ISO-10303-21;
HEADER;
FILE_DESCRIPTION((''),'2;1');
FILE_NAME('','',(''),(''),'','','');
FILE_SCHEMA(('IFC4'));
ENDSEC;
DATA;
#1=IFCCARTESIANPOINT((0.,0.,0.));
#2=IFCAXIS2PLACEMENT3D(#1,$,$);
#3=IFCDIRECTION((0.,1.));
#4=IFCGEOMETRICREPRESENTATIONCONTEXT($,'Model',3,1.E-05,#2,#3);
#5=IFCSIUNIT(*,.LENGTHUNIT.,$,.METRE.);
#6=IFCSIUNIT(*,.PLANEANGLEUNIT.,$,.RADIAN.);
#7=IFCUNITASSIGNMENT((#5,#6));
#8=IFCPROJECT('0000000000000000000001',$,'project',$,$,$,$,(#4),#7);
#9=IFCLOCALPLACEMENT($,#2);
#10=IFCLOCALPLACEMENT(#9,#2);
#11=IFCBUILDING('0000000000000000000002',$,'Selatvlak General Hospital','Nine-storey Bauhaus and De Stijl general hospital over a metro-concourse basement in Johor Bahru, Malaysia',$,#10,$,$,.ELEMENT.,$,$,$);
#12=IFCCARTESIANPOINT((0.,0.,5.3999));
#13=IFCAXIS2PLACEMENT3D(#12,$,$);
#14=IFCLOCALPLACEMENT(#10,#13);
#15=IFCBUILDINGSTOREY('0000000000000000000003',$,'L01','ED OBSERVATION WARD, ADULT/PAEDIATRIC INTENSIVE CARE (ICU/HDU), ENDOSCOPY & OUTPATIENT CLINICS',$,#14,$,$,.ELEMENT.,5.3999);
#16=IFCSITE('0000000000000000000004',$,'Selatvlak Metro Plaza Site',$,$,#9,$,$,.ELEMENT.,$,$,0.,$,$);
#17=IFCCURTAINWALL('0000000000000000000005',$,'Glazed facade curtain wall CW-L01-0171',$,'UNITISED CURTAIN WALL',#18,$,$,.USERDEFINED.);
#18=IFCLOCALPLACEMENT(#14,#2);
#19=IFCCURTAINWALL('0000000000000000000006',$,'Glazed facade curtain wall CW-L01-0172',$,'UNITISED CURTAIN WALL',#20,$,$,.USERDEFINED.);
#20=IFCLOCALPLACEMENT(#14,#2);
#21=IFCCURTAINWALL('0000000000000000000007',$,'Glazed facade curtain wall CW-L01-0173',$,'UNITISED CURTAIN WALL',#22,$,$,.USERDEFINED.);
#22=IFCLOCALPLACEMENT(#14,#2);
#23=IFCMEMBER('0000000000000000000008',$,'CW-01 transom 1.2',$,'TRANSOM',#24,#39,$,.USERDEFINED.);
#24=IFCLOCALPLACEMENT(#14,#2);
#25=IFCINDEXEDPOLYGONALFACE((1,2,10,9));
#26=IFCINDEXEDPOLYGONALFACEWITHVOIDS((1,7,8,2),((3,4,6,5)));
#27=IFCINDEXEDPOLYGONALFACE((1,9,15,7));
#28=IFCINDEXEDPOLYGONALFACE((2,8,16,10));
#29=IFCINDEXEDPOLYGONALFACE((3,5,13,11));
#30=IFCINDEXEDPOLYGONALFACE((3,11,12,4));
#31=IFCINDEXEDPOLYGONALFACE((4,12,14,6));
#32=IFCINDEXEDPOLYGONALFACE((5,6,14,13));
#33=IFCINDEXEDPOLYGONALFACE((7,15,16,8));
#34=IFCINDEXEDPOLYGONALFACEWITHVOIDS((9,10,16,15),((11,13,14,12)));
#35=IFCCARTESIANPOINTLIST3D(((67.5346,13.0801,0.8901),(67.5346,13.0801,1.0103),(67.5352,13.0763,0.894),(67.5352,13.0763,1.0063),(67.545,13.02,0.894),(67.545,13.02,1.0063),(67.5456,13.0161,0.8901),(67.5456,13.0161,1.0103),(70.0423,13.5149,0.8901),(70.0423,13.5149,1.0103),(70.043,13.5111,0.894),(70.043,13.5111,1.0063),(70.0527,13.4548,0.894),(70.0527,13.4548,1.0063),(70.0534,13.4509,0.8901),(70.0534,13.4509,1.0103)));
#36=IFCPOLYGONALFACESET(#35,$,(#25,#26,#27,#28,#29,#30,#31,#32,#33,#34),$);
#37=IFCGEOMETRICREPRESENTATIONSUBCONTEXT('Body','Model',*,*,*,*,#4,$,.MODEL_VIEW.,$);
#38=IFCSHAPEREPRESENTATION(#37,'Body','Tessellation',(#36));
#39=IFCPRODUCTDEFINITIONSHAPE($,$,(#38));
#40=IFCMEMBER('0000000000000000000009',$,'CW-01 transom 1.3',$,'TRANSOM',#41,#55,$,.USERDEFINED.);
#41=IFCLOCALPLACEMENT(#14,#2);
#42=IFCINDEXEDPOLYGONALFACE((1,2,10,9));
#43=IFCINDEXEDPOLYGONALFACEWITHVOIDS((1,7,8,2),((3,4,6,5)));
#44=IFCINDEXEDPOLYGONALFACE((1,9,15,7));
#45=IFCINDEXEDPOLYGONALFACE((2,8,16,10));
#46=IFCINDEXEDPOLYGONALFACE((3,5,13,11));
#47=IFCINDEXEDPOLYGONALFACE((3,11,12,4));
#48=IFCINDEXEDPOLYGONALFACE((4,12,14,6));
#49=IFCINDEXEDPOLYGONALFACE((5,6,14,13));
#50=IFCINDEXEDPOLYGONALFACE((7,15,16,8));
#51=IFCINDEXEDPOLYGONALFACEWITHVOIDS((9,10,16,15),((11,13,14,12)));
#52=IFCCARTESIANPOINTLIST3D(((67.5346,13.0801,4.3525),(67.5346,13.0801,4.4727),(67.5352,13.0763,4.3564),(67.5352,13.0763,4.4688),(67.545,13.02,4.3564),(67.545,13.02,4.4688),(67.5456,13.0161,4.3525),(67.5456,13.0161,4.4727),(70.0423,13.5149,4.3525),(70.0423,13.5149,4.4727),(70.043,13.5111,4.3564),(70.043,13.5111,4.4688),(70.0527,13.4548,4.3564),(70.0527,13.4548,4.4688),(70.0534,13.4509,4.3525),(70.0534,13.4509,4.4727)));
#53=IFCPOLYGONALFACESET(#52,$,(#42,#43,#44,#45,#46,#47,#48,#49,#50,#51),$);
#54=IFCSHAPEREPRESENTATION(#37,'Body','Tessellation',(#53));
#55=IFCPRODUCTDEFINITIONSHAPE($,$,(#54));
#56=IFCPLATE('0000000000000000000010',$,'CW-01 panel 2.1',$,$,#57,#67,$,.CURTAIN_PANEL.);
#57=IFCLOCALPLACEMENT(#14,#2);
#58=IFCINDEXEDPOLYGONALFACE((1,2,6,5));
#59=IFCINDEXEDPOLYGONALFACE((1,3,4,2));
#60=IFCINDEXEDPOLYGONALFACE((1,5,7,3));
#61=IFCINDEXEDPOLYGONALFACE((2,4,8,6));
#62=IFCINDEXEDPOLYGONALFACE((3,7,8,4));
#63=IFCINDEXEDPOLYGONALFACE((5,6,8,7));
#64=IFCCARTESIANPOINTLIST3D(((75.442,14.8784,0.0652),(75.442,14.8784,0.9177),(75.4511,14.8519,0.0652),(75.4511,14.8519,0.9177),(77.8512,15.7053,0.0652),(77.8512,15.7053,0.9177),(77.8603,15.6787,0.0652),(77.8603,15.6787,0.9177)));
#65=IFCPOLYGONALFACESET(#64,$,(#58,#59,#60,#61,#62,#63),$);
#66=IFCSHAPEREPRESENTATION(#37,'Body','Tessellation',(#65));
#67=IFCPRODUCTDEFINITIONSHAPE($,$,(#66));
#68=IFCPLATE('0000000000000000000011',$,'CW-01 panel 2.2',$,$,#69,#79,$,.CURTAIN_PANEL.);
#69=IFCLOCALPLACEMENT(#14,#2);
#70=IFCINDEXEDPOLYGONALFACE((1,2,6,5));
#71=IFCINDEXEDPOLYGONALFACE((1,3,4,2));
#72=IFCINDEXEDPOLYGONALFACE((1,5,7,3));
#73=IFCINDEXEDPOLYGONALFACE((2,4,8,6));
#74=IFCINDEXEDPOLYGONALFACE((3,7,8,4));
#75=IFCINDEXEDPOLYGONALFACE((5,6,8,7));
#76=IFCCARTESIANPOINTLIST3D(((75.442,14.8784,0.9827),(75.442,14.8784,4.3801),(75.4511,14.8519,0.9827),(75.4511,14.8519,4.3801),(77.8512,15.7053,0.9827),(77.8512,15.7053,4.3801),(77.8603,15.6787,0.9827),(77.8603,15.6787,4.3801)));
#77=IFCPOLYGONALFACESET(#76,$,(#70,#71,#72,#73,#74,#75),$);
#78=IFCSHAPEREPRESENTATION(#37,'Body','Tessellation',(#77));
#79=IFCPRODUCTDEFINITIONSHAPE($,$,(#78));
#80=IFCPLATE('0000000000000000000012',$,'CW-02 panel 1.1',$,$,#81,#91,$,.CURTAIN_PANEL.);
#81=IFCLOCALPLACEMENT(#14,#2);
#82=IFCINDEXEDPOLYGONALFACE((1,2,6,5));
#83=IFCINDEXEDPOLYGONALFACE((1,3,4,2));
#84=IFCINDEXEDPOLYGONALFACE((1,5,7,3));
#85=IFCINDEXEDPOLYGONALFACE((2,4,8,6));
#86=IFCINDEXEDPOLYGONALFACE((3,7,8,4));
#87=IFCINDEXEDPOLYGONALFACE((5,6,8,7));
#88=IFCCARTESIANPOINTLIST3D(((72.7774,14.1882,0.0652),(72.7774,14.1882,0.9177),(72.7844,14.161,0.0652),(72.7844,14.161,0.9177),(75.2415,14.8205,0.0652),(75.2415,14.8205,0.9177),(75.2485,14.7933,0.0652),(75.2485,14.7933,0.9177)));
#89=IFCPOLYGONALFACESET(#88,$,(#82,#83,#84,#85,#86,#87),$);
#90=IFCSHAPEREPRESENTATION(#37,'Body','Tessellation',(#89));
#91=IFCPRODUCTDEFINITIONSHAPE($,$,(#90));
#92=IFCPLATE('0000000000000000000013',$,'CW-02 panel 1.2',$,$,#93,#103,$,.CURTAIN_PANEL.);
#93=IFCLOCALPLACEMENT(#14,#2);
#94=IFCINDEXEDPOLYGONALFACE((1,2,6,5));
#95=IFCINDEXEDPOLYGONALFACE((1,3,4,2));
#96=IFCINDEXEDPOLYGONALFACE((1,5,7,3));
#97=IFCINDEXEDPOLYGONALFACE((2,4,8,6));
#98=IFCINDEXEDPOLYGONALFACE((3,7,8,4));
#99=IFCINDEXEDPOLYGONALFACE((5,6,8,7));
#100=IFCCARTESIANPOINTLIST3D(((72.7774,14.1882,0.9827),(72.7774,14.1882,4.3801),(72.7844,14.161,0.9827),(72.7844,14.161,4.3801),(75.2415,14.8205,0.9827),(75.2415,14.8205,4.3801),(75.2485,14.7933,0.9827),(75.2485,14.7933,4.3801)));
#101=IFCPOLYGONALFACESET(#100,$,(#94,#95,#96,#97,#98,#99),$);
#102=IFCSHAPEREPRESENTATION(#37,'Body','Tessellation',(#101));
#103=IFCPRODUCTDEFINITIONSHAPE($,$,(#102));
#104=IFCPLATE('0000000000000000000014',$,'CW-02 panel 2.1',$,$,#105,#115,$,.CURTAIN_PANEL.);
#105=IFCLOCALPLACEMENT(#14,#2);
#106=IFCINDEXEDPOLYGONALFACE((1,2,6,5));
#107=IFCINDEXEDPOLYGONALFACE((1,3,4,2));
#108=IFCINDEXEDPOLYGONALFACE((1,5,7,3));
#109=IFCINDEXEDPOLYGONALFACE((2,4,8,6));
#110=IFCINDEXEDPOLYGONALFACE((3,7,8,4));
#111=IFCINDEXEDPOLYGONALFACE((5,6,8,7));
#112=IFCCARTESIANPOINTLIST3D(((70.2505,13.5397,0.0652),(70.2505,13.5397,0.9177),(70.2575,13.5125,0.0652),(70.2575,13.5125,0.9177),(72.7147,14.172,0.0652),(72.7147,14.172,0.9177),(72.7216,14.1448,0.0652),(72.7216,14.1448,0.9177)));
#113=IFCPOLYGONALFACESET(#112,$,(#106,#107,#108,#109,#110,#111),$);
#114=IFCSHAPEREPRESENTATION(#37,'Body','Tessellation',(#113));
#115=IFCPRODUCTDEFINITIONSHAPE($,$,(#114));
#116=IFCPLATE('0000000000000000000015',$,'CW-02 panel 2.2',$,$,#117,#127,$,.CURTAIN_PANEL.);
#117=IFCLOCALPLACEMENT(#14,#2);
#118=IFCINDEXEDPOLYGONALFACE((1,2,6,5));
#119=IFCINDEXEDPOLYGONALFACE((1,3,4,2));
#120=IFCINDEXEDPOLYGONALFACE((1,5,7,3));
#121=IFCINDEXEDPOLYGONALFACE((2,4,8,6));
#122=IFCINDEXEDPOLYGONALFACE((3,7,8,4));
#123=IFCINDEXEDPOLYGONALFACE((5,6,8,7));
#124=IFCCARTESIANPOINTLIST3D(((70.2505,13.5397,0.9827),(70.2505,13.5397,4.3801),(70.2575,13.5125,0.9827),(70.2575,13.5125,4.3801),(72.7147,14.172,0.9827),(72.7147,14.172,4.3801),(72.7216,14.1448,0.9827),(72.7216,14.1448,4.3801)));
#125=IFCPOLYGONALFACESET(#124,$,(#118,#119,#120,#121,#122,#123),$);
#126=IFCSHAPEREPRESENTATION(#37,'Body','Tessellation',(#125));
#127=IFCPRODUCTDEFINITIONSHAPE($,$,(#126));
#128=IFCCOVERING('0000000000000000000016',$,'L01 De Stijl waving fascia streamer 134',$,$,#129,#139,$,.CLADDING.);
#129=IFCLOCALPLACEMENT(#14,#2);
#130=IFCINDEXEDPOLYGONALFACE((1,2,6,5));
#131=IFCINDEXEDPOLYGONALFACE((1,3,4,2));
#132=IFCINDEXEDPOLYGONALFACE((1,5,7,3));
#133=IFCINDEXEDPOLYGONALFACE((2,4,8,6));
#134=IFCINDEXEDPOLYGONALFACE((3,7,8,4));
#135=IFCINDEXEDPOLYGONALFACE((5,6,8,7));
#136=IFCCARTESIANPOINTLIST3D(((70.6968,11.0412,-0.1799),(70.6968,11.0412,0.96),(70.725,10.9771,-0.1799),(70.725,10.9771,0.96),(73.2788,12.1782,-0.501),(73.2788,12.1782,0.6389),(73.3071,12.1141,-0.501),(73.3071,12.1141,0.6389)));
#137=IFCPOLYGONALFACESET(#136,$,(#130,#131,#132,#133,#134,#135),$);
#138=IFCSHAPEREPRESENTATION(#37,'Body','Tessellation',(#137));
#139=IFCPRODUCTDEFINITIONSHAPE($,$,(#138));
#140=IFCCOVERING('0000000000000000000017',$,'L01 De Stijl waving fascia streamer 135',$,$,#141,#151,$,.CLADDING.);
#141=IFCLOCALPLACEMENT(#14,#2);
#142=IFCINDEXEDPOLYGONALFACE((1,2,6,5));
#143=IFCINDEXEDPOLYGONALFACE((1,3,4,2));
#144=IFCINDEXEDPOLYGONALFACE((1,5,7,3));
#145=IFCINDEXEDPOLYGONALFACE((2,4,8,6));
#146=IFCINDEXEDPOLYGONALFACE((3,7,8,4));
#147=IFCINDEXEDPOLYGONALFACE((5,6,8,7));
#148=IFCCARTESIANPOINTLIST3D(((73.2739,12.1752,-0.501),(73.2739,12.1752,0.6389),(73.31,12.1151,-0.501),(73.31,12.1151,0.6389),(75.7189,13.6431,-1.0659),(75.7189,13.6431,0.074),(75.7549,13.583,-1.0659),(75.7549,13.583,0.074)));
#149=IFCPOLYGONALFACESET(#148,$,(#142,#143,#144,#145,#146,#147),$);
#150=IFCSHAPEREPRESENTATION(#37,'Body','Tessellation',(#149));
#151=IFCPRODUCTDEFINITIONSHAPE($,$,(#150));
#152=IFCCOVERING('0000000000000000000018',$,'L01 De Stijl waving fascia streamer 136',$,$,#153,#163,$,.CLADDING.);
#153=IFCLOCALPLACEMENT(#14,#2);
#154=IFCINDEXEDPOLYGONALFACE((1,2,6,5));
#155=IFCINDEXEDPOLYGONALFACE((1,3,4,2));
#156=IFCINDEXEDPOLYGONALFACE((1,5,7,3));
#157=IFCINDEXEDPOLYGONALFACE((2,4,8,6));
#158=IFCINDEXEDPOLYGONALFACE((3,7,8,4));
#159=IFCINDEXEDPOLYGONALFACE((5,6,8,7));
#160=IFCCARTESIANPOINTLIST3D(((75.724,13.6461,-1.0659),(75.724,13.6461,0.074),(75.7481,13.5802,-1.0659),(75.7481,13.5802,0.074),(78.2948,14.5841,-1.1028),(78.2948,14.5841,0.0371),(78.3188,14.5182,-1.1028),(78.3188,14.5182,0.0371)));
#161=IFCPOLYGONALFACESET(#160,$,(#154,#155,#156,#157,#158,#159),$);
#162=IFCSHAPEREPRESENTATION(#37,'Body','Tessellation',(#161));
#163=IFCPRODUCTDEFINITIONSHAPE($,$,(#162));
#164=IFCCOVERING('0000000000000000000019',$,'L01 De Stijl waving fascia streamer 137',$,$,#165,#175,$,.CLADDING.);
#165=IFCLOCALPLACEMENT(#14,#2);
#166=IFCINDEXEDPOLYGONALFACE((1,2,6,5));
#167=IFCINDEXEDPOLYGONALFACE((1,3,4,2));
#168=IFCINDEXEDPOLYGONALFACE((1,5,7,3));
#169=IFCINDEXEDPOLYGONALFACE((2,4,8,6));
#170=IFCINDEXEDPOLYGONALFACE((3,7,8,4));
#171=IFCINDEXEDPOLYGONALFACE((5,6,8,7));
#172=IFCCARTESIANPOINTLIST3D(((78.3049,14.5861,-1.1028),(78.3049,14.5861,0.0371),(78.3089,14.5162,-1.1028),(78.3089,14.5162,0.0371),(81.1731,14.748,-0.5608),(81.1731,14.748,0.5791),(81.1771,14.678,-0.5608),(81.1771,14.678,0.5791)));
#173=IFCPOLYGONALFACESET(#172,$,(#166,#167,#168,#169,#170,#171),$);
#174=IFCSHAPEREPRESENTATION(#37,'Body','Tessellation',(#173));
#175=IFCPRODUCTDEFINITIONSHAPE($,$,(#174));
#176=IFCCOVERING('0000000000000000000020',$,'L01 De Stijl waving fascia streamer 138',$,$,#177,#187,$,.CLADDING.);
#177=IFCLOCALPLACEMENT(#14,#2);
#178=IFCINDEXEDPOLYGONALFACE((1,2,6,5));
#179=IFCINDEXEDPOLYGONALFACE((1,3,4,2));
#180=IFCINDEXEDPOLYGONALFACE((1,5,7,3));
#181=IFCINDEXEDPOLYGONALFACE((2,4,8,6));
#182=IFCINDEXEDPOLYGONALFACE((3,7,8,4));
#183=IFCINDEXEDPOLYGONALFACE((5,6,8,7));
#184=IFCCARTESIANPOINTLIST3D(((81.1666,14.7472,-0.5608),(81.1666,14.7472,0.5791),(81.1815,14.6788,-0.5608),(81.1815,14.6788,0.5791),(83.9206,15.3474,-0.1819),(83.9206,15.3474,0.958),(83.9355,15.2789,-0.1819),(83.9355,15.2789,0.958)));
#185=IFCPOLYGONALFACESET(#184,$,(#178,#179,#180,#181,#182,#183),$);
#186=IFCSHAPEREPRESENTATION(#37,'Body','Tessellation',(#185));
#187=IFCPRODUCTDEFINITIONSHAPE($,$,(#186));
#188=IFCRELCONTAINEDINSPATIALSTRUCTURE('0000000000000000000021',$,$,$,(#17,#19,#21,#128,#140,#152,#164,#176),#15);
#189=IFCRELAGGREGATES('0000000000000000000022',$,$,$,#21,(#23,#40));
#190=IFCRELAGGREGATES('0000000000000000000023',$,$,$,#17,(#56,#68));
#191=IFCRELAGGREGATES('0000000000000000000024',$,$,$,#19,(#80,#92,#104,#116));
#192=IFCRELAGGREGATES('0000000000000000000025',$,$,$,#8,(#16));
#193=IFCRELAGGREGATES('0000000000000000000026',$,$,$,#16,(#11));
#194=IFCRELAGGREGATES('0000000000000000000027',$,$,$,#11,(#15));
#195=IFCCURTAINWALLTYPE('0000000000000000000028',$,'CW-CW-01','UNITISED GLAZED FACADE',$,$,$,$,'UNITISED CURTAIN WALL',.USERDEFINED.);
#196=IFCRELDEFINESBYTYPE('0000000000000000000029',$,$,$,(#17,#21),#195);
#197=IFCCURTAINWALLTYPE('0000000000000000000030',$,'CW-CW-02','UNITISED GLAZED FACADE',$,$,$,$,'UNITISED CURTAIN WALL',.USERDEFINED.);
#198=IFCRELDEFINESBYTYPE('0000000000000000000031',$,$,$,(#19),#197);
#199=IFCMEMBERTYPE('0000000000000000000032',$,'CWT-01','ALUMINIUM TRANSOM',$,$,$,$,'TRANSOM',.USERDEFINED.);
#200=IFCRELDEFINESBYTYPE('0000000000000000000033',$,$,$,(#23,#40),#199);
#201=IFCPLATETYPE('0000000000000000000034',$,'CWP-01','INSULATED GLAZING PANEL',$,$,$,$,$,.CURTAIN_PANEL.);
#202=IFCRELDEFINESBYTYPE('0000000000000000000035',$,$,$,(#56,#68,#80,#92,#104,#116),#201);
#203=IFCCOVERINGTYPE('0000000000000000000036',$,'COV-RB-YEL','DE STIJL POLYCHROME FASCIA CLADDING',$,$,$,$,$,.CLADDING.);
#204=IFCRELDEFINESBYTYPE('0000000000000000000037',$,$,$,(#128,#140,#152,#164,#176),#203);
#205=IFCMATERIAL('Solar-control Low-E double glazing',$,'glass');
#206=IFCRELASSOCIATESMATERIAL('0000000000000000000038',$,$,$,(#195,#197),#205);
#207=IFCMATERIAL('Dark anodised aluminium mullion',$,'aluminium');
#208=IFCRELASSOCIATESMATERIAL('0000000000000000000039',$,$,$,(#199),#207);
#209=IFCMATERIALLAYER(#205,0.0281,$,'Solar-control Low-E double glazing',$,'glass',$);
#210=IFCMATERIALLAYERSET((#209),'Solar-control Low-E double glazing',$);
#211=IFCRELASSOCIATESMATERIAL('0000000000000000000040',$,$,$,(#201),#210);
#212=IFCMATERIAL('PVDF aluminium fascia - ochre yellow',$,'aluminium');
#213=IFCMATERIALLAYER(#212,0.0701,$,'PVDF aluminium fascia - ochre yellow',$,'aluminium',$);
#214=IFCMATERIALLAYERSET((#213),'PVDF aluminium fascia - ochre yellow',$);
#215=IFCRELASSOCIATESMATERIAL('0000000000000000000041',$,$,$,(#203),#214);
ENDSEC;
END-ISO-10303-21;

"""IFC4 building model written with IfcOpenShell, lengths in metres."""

from ifc_helpers import new_model, si_unit, direction, frame, origin, origin_2d, place, context, subcontext, project, spatial, polyline, rectangle, hollow_rectangle, outline, extrude, material, layer, layer_set, material_profile, profile_set, type_object, element, aggregate, save


model = new_model("IFC4")

# Units and contexts
model_context = context("Model", 3, precision=1e-05, world=origin(), true_north=direction((0.0, 1.0)))
body_context = subcontext(model_context, "Body", "Model", "MODEL_VIEW")
ifc_project = project(units=[si_unit("LENGTHUNIT", "METRE"), si_unit("PLANEANGLEUNIT", "RADIAN")], contexts=[model_context])

# Site, building, storey
site_placement = place(None, origin())
site = spatial("IfcSite", under=ifc_project, at=site_placement, Name="Selatvlak Metro Plaza Site", CompositionType="ELEMENT", RefElevation=0.0)
building_placement = place(site_placement, origin())
building = spatial("IfcBuilding", under=site, at=building_placement, Name="Selatvlak General Hospital", Description="Nine-storey Bauhaus and De Stijl general hospital over a metro-concourse basement in Johor Bahru, Malaysia", CompositionType="ELEMENT")
storey_placement = place(building_placement, frame((0.0, 0.0, 5.3999)))
storey = spatial("IfcBuildingStorey", under=building, at=storey_placement, Name="L01", Description="ED OBSERVATION WARD, ADULT/PAEDIATRIC INTENSIVE CARE (ICU/HDU), ENDOSCOPY & OUTPATIENT CLINICS", CompositionType="ELEMENT", Elevation=5.3999)

# Curtain wall
ifc_material_1 = material(Name="Solar-control Low-E double glazing", Category="glass")
curtain_wall_type_1 = type_object("IfcCurtainWallType", Name="CW-CW-01", Description="UNITISED GLAZED FACADE", ElementType="UNITISED CURTAIN WALL", PredefinedType="USERDEFINED", material=ifc_material_1)
curtain_wall_1_placement = place(storey_placement, origin())
curtain_wall_1 = element("IfcCurtainWall", 1, at=curtain_wall_1_placement, inside=storey, type_object=curtain_wall_type_1, Name="Glazed facade curtain wall CW-L01-0171", ObjectType="UNITISED CURTAIN WALL", PredefinedType="USERDEFINED")
ifc_material_2 = material(Name="Dark anodised aluminium mullion", Category="aluminium")

# Curtain wall
curtain_wall_type_2 = type_object("IfcCurtainWallType", Name="CW-CW-02", Description="UNITISED GLAZED FACADE", ElementType="UNITISED CURTAIN WALL", PredefinedType="USERDEFINED", material=ifc_material_1)
curtain_wall_2_placement = place(storey_placement, origin())
curtain_wall_2 = element("IfcCurtainWall", 2, at=curtain_wall_2_placement, inside=storey, type_object=curtain_wall_type_2, Name="Glazed facade curtain wall CW-L01-0172", ObjectType="UNITISED CURTAIN WALL", PredefinedType="USERDEFINED")

# Curtain wall
curtain_wall_3_placement = place(storey_placement, origin())
curtain_wall_3 = element("IfcCurtainWall", 3, at=curtain_wall_3_placement, inside=storey, type_object=curtain_wall_type_1, Name="Glazed facade curtain wall CW-L01-0173", ObjectType="UNITISED CURTAIN WALL", PredefinedType="USERDEFINED")

# Members
ifc_material_profile_1 = material_profile(ifc_material_2, hollow_rectangle(XDim=0.0649, YDim=0.1201, WallThickness=0.0039, at=origin_2d()), Name="AL-TRN 65x120x4")
ifc_profile_set_1 = profile_set([ifc_material_profile_1], Name="Dark anodised aluminium mullion")
member_type_1 = type_object("IfcMemberType", Name="CWT-01", Description="ALUMINIUM TRANSOM", ElementType="TRANSOM", PredefinedType="USERDEFINED", material=ifc_profile_set_1)
member_1_placement = place(storey_placement, frame((70.0479, 13.4829, 0.9502), z_axis=(-0.9853, -0.170835, 0.0), x_axis=(0.170835, -0.9853, 0.0)))
member_1 = element("IfcMember", 4, at=member_1_placement, type_object=member_type_1, Name="CW-01 transom 1.2", ObjectType="TRANSOM", PredefinedType="USERDEFINED", context=body_context, shape_type="SweptSolid", body=[
    extrude(hollow_rectangle(XDim=0.0649, YDim=0.1201, WallThickness=0.0039, at=origin_2d()), origin(), (0.0, 0.0, 1.0), 2.5452),
])
member_2_placement = place(storey_placement, frame((70.0479, 13.4829, 4.4126), z_axis=(-0.9853, -0.170835, 0.0), x_axis=(0.170835, -0.9853, 0.0)))
member_2 = element("IfcMember", 5, at=member_2_placement, type_object=member_type_1, Name="CW-01 transom 1.3", ObjectType="TRANSOM", PredefinedType="USERDEFINED", context=body_context, shape_type="SweptSolid", body=[
    extrude(hollow_rectangle(XDim=0.0649, YDim=0.1201, WallThickness=0.0039, at=origin_2d()), origin(), (0.0, 0.0, 1.0), 2.5452),
])
aggregate(curtain_wall_3, [member_1, member_2])

# Plates
ifc_layer_1 = layer(ifc_material_1, 0.0281, Name="Solar-control Low-E double glazing", Category="glass")
ifc_layer_set_1 = layer_set([ifc_layer_1], Name="Solar-control Low-E double glazing")
plate_type = type_object("IfcPlateType", Name="CWP-01", Description="INSULATED GLAZING PANEL", PredefinedType="CURTAIN_PANEL", material=ifc_layer_set_1)
plate_1_placement = place(storey_placement, frame((76.6511, 15.2786, 0.0652), z_axis=(0.0, 0.0, 1.0), x_axis=(-0.945848, -0.324609, 0.0)))
plate_1 = element("IfcPlate", 6, at=plate_1_placement, type_object=plate_type, Name="CW-01 panel 2.1", PredefinedType="CURTAIN_PANEL", context=body_context, shape_type="SweptSolid", body=[
    extrude(rectangle(XDim=2.5471, YDim=0.0281, at=origin_2d()), origin(), (0.0, 0.0, 1.0), 0.8525),
])
plate_2_placement = place(storey_placement, frame((76.6511, 15.2786, 0.9827), z_axis=(0.0, 0.0, 1.0), x_axis=(-0.945848, -0.324609, 0.0)))
plate_2 = element("IfcPlate", 7, at=plate_2_placement, type_object=plate_type, Name="CW-01 panel 2.2", PredefinedType="CURTAIN_PANEL", context=body_context, shape_type="SweptSolid", body=[
    extrude(rectangle(XDim=2.5471, YDim=0.0281, at=origin_2d()), origin(), (0.0, 0.0, 1.0), 3.3975),
])
aggregate(curtain_wall_1, [plate_1, plate_2])
plate_3_placement = place(storey_placement, frame((74.0129, 14.4907, 0.0652), z_axis=(0.0, 0.0, 1.0), x_axis=(-0.968621, -0.248544, 0.0)))
plate_3 = element("IfcPlate", 8, at=plate_3_placement, type_object=plate_type, Name="CW-02 panel 1.1", PredefinedType="CURTAIN_PANEL", context=body_context, shape_type="SweptSolid", body=[
    extrude(rectangle(XDim=2.5439, YDim=0.0281, at=origin_2d()), origin(), (0.0, 0.0, 1.0), 0.8525),
])
plate_4_placement = place(storey_placement, frame((74.0129, 14.4907, 0.9827), z_axis=(0.0, 0.0, 1.0), x_axis=(-0.968621, -0.248544, 0.0)))
plate_4 = element("IfcPlate", 9, at=plate_4_placement, type_object=plate_type, Name="CW-02 panel 1.2", PredefinedType="CURTAIN_PANEL", context=body_context, shape_type="SweptSolid", body=[
    extrude(rectangle(XDim=2.5439, YDim=0.0281, at=origin_2d()), origin(), (0.0, 0.0, 1.0), 3.3975),
])
plate_5_placement = place(storey_placement, frame((71.4861, 13.8423, 0.0652), z_axis=(0.0, 0.0, 1.0), x_axis=(-0.968621, -0.248544, 0.0)))
plate_5 = element("IfcPlate", 10, at=plate_5_placement, type_object=plate_type, Name="CW-02 panel 2.1", PredefinedType="CURTAIN_PANEL", context=body_context, shape_type="SweptSolid", body=[
    extrude(rectangle(XDim=2.5439, YDim=0.0281, at=origin_2d()), origin(), (0.0, 0.0, 1.0), 0.8525),
])
plate_6_placement = place(storey_placement, frame((71.4861, 13.8423, 0.9827), z_axis=(0.0, 0.0, 1.0), x_axis=(-0.968621, -0.248544, 0.0)))
plate_6 = element("IfcPlate", 11, at=plate_6_placement, type_object=plate_type, Name="CW-02 panel 2.2", PredefinedType="CURTAIN_PANEL", context=body_context, shape_type="SweptSolid", body=[
    extrude(rectangle(XDim=2.5439, YDim=0.0281, at=origin_2d()), origin(), (0.0, 0.0, 1.0), 3.3975),
])
aggregate(curtain_wall_2, [plate_3, plate_4, plate_5, plate_6])

# Coverings
ifc_material_3 = material(Name="PVDF aluminium fascia - ochre yellow", Category="aluminium")
ifc_layer_2 = layer(ifc_material_3, 0.0701, Name="PVDF aluminium fascia - ochre yellow", Category="aluminium")
ifc_layer_set_2 = layer_set([ifc_layer_2], Name="PVDF aluminium fascia - ochre yellow")
covering_type = type_object("IfcCoveringType", Name="COV-RB-YEL", Description="DE STIJL POLYCHROME FASCIA CLADDING", PredefinedType="CLADDING", material=ifc_layer_set_2)
covering_1_placement = place(storey_placement, frame((70.7109, 11.009, -0.1799), z_axis=(0.0, 0.0, 1.0), x_axis=(0.915201, 0.402997, 0.0)))
element("IfcCovering", 12, at=covering_1_placement, inside=storey, type_object=covering_type, Name="L01 De Stijl waving fascia streamer 134", PredefinedType="CLADDING", context=body_context, shape_type="SweptSolid", body=[
    extrude(outline(polyline([(0.0, 0.0), (2.8213, -0.321), (2.8213, 0.8188), (0.0, 1.1399), (0.0, 0.0)])), frame((0.0, 0.0352, 0.0), z_axis=(0.0, -1.0, 0.0), x_axis=(1.0, 0.0, 0.0)), (0.0, 0.0, 1.0), 0.0701),
])
covering_2_placement = place(storey_placement, frame((73.292, 12.145, -0.501), z_axis=(0.0, 0.0, 1.0), x_axis=(0.857342, 0.514748, 0.0)))
element("IfcCovering", 13, at=covering_2_placement, inside=storey, type_object=covering_type, Name="L01 De Stijl waving fascia streamer 135", PredefinedType="CLADDING", context=body_context, shape_type="SweptSolid", body=[
    extrude(outline(polyline([(0.0, 0.0), (2.8518, -0.5649), (2.8518, 0.575), (0.0, 1.1399), (0.0, 0.0)])), frame((0.0, 0.0352, 0.0), z_axis=(0.0, -1.0, 0.0), x_axis=(1.0, 0.0, 0.0)), (0.0, 0.0, 1.0), 0.0701),
])
covering_3_placement = place(storey_placement, frame((75.7361, 13.613, -1.0659), z_axis=(0.0, 0.0, 1.0), x_axis=(0.939423, 0.34276, 0.0)))
element("IfcCovering", 14, at=covering_3_placement, inside=storey, type_object=covering_type, Name="L01 De Stijl waving fascia streamer 136", PredefinedType="CLADDING", context=body_context, shape_type="SweptSolid", body=[
    extrude(outline(polyline([(0.0, 0.0), (2.7366, -0.0369), (2.7366, 1.103), (0.0, 1.1399), (0.0, 0.0)])), frame((0.0, 0.0352, 0.0), z_axis=(0.0, -1.0, 0.0), x_axis=(1.0, 0.0, 0.0)), (0.0, 0.0, 1.0), 0.0701),
])
covering_4_placement = place(storey_placement, frame((78.3069, 14.551, -1.1028), z_axis=(0.0, 0.0, 1.0), x_axis=(0.998411, 0.056345, 0.0)))
element("IfcCovering", 15, at=covering_4_placement, inside=storey, type_object=covering_type, Name="L01 De Stijl waving fascia streamer 137", PredefinedType="CLADDING", context=body_context, shape_type="SweptSolid", body=[
    extrude(outline(polyline([(0.0, 0.0), (2.8728, 0.542), (2.8728, 1.6819), (0.0, 1.1399), (0.0, 0.0)])), frame((0.0, 0.0352, 0.0), z_axis=(0.0, -1.0, 0.0), x_axis=(1.0, 0.0, 0.0)), (0.0, 0.0, 1.0), 0.0701),
])
covering_5_placement = place(storey_placement, frame((81.1741, 14.7129, -0.5608), z_axis=(0.0, 0.0, 1.0), x_axis=(0.977071, 0.212911, 0.0)))
element("IfcCovering", 16, at=covering_5_placement, inside=storey, type_object=covering_type, Name="L01 De Stijl waving fascia streamer 138", PredefinedType="CLADDING", context=body_context, shape_type="SweptSolid", body=[
    extrude(outline(polyline([(0.0, 0.0), (2.8186, 0.3789), (2.8186, 1.5188), (0.0, 1.1399), (0.0, 0.0)])), frame((0.0, 0.0352, 0.0), z_axis=(0.0, -1.0, 0.0), x_axis=(1.0, 0.0, 0.0)), (0.0, 0.0, 1.0), 0.0701),
])

save(model, "model.ifc")
